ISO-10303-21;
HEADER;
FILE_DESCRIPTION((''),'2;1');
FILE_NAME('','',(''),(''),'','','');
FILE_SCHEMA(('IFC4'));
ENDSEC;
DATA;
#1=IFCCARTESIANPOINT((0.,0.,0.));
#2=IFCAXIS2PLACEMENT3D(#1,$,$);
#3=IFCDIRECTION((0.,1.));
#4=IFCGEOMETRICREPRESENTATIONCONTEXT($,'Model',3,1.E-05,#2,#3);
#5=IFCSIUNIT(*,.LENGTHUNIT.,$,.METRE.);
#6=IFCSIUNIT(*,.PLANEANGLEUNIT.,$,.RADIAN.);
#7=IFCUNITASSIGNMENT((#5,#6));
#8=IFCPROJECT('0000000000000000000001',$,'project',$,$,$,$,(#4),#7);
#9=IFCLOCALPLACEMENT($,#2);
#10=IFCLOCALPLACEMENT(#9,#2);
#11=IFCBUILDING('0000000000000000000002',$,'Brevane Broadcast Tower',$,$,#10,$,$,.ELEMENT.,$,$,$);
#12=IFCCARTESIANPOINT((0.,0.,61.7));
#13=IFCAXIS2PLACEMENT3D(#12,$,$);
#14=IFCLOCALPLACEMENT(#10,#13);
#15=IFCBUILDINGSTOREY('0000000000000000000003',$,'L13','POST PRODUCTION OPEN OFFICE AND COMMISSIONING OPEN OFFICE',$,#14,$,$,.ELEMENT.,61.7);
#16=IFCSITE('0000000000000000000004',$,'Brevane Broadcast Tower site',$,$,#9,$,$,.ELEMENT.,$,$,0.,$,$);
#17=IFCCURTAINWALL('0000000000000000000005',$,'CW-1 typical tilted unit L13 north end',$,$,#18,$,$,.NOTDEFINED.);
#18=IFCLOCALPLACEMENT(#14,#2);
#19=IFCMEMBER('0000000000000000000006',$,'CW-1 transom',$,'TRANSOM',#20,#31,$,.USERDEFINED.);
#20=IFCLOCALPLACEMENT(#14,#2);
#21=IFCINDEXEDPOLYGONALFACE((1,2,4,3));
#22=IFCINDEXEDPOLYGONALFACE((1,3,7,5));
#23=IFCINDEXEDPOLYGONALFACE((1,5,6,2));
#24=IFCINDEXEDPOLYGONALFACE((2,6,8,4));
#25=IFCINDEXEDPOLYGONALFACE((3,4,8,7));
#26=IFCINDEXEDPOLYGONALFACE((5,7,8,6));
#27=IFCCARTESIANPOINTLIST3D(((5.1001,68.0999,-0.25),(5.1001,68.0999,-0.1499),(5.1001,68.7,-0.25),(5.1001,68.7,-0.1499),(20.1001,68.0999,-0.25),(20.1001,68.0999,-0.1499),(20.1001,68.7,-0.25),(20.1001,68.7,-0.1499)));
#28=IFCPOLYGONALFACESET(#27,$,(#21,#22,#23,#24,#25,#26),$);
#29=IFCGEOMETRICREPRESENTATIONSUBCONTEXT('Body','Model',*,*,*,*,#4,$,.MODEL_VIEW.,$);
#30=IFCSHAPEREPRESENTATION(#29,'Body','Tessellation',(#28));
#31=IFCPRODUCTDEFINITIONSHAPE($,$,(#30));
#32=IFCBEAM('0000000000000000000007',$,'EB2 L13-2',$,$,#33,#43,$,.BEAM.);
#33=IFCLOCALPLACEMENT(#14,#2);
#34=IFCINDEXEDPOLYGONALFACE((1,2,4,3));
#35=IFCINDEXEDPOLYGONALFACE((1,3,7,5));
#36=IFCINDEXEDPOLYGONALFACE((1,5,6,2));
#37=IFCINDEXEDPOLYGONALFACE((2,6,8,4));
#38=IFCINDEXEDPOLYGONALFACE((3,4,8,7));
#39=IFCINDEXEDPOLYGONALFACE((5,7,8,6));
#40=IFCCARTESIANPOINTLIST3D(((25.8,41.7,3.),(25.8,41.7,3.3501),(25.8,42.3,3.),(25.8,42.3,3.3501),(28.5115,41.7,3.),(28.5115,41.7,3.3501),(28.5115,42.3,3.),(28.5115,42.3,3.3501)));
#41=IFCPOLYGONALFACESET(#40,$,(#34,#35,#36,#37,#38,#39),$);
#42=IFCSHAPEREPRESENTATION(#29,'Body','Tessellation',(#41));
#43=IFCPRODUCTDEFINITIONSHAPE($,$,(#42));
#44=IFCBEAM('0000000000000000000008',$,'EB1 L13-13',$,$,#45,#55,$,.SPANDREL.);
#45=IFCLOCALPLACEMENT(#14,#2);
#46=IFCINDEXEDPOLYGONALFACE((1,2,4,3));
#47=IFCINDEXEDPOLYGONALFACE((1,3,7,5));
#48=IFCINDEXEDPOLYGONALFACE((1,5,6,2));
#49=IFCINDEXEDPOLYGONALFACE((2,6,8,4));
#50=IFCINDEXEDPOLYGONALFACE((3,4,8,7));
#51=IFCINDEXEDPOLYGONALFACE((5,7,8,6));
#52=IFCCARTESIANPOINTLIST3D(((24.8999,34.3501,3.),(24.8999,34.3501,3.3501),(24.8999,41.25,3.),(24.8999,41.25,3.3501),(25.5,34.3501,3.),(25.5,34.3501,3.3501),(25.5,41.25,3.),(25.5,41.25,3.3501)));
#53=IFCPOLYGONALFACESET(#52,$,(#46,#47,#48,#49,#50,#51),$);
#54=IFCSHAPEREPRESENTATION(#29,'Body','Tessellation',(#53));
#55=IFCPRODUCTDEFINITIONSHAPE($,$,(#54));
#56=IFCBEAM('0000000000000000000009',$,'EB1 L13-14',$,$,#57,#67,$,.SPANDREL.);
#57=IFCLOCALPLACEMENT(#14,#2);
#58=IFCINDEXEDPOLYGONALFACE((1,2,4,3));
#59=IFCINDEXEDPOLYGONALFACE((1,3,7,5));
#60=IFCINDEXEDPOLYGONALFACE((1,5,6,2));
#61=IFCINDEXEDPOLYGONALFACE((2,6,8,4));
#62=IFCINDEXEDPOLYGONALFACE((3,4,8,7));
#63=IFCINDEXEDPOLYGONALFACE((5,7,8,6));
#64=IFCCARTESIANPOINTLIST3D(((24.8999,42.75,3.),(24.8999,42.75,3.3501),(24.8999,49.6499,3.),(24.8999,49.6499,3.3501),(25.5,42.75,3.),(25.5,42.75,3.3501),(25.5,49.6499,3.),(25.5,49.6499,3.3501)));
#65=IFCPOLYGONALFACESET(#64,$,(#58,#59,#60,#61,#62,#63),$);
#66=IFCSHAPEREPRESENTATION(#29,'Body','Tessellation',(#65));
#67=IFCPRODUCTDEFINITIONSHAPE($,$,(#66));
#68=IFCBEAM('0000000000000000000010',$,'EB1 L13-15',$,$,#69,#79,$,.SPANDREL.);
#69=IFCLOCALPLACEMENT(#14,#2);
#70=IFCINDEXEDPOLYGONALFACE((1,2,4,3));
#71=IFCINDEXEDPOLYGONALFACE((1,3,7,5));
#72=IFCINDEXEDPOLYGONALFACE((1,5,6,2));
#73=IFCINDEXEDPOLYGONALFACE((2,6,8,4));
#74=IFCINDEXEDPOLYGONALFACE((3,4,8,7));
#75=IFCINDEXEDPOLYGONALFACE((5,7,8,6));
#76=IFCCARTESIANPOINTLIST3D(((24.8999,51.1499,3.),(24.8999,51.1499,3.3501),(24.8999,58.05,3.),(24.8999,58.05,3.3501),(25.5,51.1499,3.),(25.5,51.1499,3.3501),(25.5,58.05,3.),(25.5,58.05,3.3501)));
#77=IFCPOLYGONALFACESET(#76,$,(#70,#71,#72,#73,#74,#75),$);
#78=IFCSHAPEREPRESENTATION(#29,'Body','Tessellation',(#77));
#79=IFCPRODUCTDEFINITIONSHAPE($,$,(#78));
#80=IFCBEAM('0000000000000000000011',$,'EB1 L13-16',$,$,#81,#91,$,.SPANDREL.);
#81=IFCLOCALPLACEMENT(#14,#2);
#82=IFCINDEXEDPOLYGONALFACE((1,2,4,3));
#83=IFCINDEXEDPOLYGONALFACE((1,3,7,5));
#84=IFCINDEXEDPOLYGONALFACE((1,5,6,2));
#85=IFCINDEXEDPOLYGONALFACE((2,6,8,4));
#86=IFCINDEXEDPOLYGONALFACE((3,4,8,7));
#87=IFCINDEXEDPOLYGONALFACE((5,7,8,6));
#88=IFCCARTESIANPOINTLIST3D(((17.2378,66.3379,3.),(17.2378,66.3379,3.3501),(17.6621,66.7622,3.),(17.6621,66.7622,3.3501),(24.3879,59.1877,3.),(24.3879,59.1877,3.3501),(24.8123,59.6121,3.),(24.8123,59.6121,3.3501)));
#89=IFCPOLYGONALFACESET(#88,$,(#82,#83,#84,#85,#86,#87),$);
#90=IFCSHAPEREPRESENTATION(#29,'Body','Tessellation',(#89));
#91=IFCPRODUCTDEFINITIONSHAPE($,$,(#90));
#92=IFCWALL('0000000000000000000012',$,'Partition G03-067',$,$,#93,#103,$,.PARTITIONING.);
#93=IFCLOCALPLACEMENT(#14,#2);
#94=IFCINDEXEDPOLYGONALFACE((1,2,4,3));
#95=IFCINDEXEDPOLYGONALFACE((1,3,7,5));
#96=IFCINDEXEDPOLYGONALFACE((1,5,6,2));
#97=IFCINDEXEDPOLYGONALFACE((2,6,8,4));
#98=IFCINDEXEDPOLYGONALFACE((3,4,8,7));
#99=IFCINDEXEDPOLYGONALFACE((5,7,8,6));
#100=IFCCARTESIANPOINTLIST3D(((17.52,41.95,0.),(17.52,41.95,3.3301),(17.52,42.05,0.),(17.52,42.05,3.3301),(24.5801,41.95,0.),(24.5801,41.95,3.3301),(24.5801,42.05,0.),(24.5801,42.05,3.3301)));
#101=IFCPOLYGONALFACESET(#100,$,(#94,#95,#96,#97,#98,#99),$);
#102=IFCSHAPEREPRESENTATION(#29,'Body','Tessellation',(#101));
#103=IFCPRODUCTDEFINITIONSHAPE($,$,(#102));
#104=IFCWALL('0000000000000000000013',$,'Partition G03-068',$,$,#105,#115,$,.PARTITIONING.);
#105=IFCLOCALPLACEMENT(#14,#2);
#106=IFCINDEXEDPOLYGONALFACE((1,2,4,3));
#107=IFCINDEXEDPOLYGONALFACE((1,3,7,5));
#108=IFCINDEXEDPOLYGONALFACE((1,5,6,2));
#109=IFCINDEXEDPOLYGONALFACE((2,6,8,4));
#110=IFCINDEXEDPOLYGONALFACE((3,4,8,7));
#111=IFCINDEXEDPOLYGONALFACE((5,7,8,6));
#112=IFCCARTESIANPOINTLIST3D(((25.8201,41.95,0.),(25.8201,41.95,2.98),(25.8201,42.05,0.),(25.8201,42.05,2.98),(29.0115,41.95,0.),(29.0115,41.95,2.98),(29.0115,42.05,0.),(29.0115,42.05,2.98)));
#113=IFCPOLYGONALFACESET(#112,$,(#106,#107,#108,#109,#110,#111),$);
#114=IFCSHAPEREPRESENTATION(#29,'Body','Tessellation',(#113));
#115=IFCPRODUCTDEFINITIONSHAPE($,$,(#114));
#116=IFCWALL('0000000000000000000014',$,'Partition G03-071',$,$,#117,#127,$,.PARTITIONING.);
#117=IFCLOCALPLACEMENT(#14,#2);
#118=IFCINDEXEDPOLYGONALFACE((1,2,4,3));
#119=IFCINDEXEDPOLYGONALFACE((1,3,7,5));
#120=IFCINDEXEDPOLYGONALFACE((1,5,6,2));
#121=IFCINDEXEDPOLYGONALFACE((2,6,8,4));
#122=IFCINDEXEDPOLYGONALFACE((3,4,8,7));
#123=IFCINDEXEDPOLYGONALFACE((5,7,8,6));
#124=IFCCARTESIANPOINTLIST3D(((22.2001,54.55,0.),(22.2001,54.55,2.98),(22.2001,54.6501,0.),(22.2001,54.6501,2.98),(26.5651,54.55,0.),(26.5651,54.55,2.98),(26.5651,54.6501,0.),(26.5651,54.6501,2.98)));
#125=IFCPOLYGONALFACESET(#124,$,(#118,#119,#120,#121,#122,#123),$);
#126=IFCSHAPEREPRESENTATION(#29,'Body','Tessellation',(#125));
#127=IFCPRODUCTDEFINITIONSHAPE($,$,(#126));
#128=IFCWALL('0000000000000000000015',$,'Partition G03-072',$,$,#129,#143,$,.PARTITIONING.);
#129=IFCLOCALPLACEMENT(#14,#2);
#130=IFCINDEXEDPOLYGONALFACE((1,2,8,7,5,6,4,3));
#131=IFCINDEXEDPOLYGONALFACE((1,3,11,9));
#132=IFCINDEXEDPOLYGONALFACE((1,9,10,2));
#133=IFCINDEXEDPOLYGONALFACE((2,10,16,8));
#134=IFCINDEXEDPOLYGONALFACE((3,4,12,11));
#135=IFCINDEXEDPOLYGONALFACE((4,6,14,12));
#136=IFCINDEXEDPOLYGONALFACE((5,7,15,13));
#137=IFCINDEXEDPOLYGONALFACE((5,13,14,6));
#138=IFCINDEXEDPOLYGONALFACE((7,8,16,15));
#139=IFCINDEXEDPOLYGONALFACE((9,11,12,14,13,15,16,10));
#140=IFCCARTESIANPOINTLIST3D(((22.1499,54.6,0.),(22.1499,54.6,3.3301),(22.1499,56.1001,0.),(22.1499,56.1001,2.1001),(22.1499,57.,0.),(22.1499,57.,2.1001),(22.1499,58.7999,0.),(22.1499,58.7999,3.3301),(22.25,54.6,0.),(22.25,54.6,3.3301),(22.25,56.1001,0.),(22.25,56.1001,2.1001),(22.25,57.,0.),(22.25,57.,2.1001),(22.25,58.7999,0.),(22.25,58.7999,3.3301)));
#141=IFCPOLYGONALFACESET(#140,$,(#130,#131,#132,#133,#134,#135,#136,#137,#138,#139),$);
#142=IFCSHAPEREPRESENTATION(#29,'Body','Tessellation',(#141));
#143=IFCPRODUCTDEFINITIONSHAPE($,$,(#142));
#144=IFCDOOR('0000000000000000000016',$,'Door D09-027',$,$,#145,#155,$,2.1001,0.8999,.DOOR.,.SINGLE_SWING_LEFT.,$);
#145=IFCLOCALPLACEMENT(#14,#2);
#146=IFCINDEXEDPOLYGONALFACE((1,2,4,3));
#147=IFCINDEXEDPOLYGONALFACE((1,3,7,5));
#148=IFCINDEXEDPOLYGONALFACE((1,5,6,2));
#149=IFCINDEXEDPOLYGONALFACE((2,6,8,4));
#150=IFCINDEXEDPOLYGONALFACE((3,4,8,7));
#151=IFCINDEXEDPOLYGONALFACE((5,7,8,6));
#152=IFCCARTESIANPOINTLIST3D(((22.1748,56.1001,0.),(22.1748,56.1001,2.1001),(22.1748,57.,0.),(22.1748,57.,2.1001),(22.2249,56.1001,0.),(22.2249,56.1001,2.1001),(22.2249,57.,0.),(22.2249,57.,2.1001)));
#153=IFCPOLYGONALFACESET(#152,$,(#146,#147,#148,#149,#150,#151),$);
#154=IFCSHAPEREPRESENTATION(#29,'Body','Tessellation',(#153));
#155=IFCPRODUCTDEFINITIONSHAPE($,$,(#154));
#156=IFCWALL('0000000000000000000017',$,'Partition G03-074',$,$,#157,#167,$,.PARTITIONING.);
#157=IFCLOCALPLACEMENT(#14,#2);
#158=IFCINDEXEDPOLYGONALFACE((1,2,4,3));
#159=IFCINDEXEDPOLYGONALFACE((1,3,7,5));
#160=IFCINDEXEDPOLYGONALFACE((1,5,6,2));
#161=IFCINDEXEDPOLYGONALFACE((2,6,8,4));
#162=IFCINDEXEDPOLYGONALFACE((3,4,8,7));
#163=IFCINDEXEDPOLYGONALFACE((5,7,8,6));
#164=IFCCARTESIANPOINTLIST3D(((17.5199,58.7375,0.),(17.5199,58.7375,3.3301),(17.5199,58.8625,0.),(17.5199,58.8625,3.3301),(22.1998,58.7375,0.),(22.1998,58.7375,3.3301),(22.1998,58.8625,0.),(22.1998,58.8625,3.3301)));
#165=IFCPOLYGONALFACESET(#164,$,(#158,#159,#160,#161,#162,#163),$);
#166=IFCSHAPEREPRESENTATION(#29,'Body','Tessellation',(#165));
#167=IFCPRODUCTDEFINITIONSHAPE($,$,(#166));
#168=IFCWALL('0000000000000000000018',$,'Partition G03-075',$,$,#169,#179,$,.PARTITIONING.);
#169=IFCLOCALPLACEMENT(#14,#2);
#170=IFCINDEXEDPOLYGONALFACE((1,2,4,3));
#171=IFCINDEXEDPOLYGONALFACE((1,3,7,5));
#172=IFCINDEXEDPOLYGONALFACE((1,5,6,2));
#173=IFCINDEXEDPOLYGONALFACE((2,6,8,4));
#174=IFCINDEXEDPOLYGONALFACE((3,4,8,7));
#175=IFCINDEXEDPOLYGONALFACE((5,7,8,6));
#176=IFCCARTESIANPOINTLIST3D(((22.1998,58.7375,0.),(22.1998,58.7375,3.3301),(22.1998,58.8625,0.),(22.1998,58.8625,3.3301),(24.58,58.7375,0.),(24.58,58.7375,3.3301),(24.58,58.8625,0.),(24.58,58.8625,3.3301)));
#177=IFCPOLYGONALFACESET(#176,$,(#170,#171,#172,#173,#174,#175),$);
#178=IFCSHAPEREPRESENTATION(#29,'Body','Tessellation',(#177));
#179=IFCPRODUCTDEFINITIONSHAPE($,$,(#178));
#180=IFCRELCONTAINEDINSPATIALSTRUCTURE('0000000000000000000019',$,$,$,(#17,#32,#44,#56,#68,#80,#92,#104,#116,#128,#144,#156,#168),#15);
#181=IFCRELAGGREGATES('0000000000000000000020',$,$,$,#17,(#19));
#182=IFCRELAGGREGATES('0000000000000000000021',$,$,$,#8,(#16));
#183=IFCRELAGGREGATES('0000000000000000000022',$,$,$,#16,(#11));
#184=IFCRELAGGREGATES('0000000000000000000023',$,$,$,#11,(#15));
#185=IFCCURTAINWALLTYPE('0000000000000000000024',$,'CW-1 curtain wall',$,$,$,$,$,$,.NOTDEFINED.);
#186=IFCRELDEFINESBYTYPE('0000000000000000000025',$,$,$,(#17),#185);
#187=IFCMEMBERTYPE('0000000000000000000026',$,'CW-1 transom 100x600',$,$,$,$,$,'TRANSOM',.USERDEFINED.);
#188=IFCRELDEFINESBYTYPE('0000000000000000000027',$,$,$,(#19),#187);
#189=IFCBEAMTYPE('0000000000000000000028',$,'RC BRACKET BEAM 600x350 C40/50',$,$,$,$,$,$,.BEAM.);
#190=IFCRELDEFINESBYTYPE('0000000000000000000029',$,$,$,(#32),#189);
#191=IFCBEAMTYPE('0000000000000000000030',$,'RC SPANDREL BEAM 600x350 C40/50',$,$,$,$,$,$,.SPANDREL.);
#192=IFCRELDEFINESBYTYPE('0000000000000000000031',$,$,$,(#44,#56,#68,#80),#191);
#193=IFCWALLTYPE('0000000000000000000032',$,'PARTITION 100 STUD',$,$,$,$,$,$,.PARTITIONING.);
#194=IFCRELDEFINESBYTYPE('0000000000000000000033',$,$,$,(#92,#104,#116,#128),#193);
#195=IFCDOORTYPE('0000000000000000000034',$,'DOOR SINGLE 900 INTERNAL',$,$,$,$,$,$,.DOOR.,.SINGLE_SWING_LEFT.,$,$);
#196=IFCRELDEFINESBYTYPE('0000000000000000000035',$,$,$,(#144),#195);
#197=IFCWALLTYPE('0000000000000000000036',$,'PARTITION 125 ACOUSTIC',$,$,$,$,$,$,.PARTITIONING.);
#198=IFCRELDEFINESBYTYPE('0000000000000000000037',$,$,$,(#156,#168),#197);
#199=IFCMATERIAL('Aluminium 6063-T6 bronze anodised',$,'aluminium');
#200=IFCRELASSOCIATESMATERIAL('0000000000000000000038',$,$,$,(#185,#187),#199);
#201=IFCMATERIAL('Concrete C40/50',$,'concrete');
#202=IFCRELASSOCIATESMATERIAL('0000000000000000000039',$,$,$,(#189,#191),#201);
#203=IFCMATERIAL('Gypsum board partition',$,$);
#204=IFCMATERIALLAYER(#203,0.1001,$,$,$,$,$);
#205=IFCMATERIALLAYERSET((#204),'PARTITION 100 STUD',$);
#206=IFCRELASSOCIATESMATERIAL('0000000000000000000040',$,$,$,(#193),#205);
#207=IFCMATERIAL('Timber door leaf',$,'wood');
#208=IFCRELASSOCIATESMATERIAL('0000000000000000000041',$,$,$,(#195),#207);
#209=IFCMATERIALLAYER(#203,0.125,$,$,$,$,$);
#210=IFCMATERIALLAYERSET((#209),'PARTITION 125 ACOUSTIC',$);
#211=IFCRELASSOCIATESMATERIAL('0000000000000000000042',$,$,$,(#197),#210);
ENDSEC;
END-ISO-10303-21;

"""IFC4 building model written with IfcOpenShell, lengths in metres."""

from ifc_helpers import new_model, si_unit, direction, frame, frame_2d, origin, origin_2d, place, context, subcontext, project, spatial, rectangle, extrude, material, layer, layer_set, material_profile, profile_set, type_object, element, fill, aggregate, save


model = new_model("IFC4")

# Units and contexts
model_context = context("Model", 3, precision=1e-05, world=origin(), true_north=direction((0.0, 1.0)))
body_context = subcontext(model_context, "Body", "Model", "MODEL_VIEW")
ifc_project = project(units=[si_unit("LENGTHUNIT", "METRE"), si_unit("PLANEANGLEUNIT", "RADIAN")], contexts=[model_context])

# Site, building, storey
site_placement = place(None, origin())
site = spatial("IfcSite", under=ifc_project, at=site_placement, Name="Brevane Broadcast Tower site", CompositionType="ELEMENT", RefElevation=0.0)
building_placement = place(site_placement, origin())
building = spatial("IfcBuilding", under=site, at=building_placement, Name="Brevane Broadcast Tower", CompositionType="ELEMENT")
storey_placement = place(building_placement, frame((0.0, 0.0, 61.7)))
storey = spatial("IfcBuildingStorey", under=building, at=storey_placement, Name="L13", Description="POST PRODUCTION OPEN OFFICE AND COMMISSIONING OPEN OFFICE", CompositionType="ELEMENT", Elevation=61.7)

# Shared definitions
ifc_material_1 = material(Name="Aluminium 6063-T6 bronze anodised", Category="aluminium")
curtain_wall_type = type_object("IfcCurtainWallType", Name="CW-1 curtain wall", PredefinedType="NOTDEFINED", material=ifc_material_1)

# Curtain wall
curtain_wall_1_placement = place(storey_placement, origin())
curtain_wall_1 = element("IfcCurtainWall", 1, at=curtain_wall_1_placement, inside=storey, type_object=curtain_wall_type, Name="CW-1 typical tilted unit L13 north end", PredefinedType="NOTDEFINED")

# Member
ifc_material_profile_1 = material_profile(ifc_material_1, rectangle(XDim=0.6001, YDim=0.1001, at=origin_2d()), Name="RECT 100x600")
ifc_profile_set_1 = profile_set([ifc_material_profile_1], Name="Aluminium 6063-T6 bronze anodised")
member_type_1 = type_object("IfcMemberType", Name="CW-1 transom 100x600", ElementType="TRANSOM", PredefinedType="USERDEFINED", material=ifc_profile_set_1)
member_1_placement = place(storey_placement, frame((20.1001, 68.3999, -0.2), z_axis=(-1.0, 0.0, 0.0), x_axis=(0.0, -1.0, 0.0)))
member_1 = element("IfcMember", 2, at=member_1_placement, type_object=member_type_1, Name="CW-1 transom", ObjectType="TRANSOM", PredefinedType="USERDEFINED", context=body_context, shape_type="SweptSolid", body=[
    extrude(rectangle(XDim=0.6001, YDim=0.1001, at=origin_2d()), origin(), (0.0, 0.0, 1.0), 15.0),
])
aggregate(curtain_wall_1, [member_1])

# Beams
ifc_material_2 = material(Name="Concrete C40/50", Category="concrete")
ifc_material_profile_2 = material_profile(ifc_material_2, rectangle(XDim=0.6001, YDim=0.3501, at=origin_2d()), Name="RC 600x350")
ifc_profile_set_2 = profile_set([ifc_material_profile_2], Name="Concrete C40/50")
beam_type_1 = type_object("IfcBeamType", Name="RC BRACKET BEAM 600x350 C40/50", PredefinedType="BEAM", material=ifc_profile_set_2)
beam_1_placement = place(storey_placement, frame((25.8, 42.0, 3.175), z_axis=(1.0, 0.0, 0.0), x_axis=(0.0, 1.0, 0.0)))
element("IfcBeam", 3, at=beam_1_placement, inside=storey, type_object=beam_type_1, Name="EB2 L13-2", PredefinedType="BEAM", context=body_context, shape_type="SweptSolid", body=[
    extrude(rectangle(XDim=0.6001, YDim=0.3501, at=origin_2d()), origin(), (0.0, 0.0, 1.0), 2.7114),
])
ifc_material_profile_3 = material_profile(ifc_material_2, rectangle(XDim=0.6001, YDim=0.3501, at=origin_2d()), Name="RC 600x350")
ifc_profile_set_3 = profile_set([ifc_material_profile_3], Name="Concrete C40/50")
beam_type_2 = type_object("IfcBeamType", Name="RC SPANDREL BEAM 600x350 C40/50", PredefinedType="SPANDREL", material=ifc_profile_set_3)
for number, where, z_axis, x_axis, name in (
    (4, (25.2, 34.3501, 3.175), (0.0, 1.0, 0.0), (-1.0, 0.0, 0.0), "EB1 L13-13"),
    (5, (25.2, 42.75, 3.175), (0.0, 1.0, 0.0), (-1.0, 0.0, 0.0), "EB1 L13-14"),
):
    element("IfcBeam", number, at=place(storey_placement, frame(where, z_axis=z_axis, x_axis=x_axis)), inside=storey, type_object=beam_type_2, Name=name, PredefinedType="SPANDREL", context=body_context, shape_type="SweptSolid", body=[
        extrude(rectangle(XDim=0.6001, YDim=0.3501, at=origin_2d()), origin(), (0.0, 0.0, 1.0), 6.8999),
    ])
beam_2_placement = place(storey_placement, frame((25.2, 51.1499, 3.175), z_axis=(0.0, 1.0, 0.0), x_axis=(-1.0, 0.0, 0.0)))
element("IfcBeam", 6, at=beam_2_placement, inside=storey, type_object=beam_type_2, Name="EB1 L13-15", PredefinedType="SPANDREL", context=body_context, shape_type="SweptSolid", body=[
    extrude(rectangle(XDim=0.6001, YDim=0.3501, at=origin_2d()), origin(), (0.0, 0.0, 1.0), 6.9001),
])
beam_3_placement = place(storey_placement, frame((24.6001, 59.3999, 3.175), z_axis=(-0.707107, 0.707107, 0.0), x_axis=(-0.707107, -0.707107, 0.0)))
element("IfcBeam", 7, at=beam_3_placement, inside=storey, type_object=beam_type_2, Name="EB1 L13-16", PredefinedType="SPANDREL", context=body_context, shape_type="SweptSolid", body=[
    extrude(rectangle(XDim=0.6001, YDim=0.3501, at=origin_2d()), origin(), (0.0, 0.0, 1.0), 10.1118),
])

# Walls
ifc_material_3 = material(Name="Gypsum board partition")
ifc_layer_1 = layer(ifc_material_3, 0.1001)
ifc_layer_set_1 = layer_set([ifc_layer_1], Name="PARTITION 100 STUD")
wall_type_1 = type_object("IfcWallType", Name="PARTITION 100 STUD", PredefinedType="PARTITIONING", material=ifc_layer_set_1)
wall_1_placement = place(storey_placement, frame((17.52, 42.0, 0.0), z_axis=(0.0, 0.0, 1.0), x_axis=(1.0, 0.0, 0.0)))
element("IfcWall", 8, at=wall_1_placement, inside=storey, type_object=wall_type_1, Name="Partition G03-067", PredefinedType="PARTITIONING", context=body_context, shape_type="SweptSolid", body=[
    extrude(rectangle(XDim=7.0601, YDim=0.1001, at=frame_2d((3.53, 0.0))), origin(), (0.0, 0.0, 1.0), 3.3301),
])
wall_2_placement = place(storey_placement, frame((25.8201, 42.0, 0.0), z_axis=(0.0, 0.0, 1.0), x_axis=(1.0, 0.0, 0.0)))
element("IfcWall", 9, at=wall_2_placement, inside=storey, type_object=wall_type_1, Name="Partition G03-068", PredefinedType="PARTITIONING", context=body_context, shape_type="SweptSolid", body=[
    extrude(rectangle(XDim=3.1914, YDim=0.1001, at=frame_2d((1.5957, 0.0))), origin(), (0.0, 0.0, 1.0), 2.98),
])
wall_3_placement = place(storey_placement, frame((22.2, 54.6001, 0.0), z_axis=(0.0, 0.0, 1.0), x_axis=(1.0, 0.0, 0.0)))
element("IfcWall", 10, at=wall_3_placement, inside=storey, type_object=wall_type_1, Name="Partition G03-071", PredefinedType="PARTITIONING", context=body_context, shape_type="SweptSolid", body=[
    extrude(rectangle(XDim=4.365, YDim=0.1001, at=frame_2d((2.1826, 0.0))), origin(), (0.0, 0.0, 1.0), 2.98),
])

# Wall, opening, door
wall_4_placement = place(storey_placement, frame((22.2, 58.8, 0.0), z_axis=(0.0, 0.0, 1.0), x_axis=(0.0, -1.0, 0.0)))
wall_4 = element("IfcWall", 11, at=wall_4_placement, inside=storey, type_object=wall_type_1, Name="Partition G03-072", PredefinedType="PARTITIONING", context=body_context, shape_type="SweptSolid", body=[
    extrude(rectangle(XDim=4.2, YDim=0.1001, at=frame_2d((2.1001, 0.0))), origin(), (0.0, 0.0, 1.0), 3.3301),
])
opening_placement = place(wall_4_placement, frame((1.8, 0.0, 0.0)))
opening = element("IfcOpeningElement", 12, at=opening_placement, cuts=wall_4, PredefinedType="OPENING", context=body_context, shape_type="SweptSolid", body=[
    extrude(rectangle(XDim=0.8999, YDim=2.1001, at=frame_2d((0.45, 1.05))), frame((0.0, 0.0601, 0.0), z_axis=(0.0, -1.0, 0.0), x_axis=(1.0, 0.0, 0.0)), (0.0, 0.0, 1.0), 0.1201),
])
ifc_material_4 = material(Name="Timber door leaf", Category="wood")
door_type = type_object("IfcDoorType", Name="DOOR SINGLE 900 INTERNAL", OperationType="SINGLE_SWING_LEFT", PredefinedType="DOOR", material=ifc_material_4)
door_placement = place(opening_placement, origin())
door = element("IfcDoor", 13, at=door_placement, inside=storey, type_object=door_type, Name="Door D09-027", OperationType="SINGLE_SWING_LEFT", OverallHeight=2.1001, OverallWidth=0.8999, PredefinedType="DOOR", context=body_context, shape_type="SweptSolid", body=[
    extrude(rectangle(XDim=0.8999, YDim=2.1001, at=frame_2d((0.45, 1.05))), frame((0.0, 0.0249, 0.0), z_axis=(0.0, -1.0, 0.0), x_axis=(1.0, 0.0, 0.0)), (0.0, 0.0, 1.0), 0.05),
])
fill(opening, door)

# Walls
ifc_layer_2 = layer(ifc_material_3, 0.125)
ifc_layer_set_2 = layer_set([ifc_layer_2], Name="PARTITION 125 ACOUSTIC")
wall_type_2 = type_object("IfcWallType", Name="PARTITION 125 ACOUSTIC", PredefinedType="PARTITIONING", material=ifc_layer_set_2)
wall_5_placement = place(storey_placement, frame((17.52, 58.8, 0.0), z_axis=(0.0, 0.0, 1.0), x_axis=(1.0, 0.0, 0.0)))
element("IfcWall", 14, at=wall_5_placement, inside=storey, type_object=wall_type_2, Name="Partition G03-074", PredefinedType="PARTITIONING", context=body_context, shape_type="SweptSolid", body=[
    extrude(rectangle(XDim=4.6799, YDim=0.125, at=frame_2d((2.3398, 0.0))), origin(), (0.0, 0.0, 1.0), 3.3301),
])
wall_6_placement = place(storey_placement, frame((22.2, 58.8, 0.0), z_axis=(0.0, 0.0, 1.0), x_axis=(1.0, 0.0, 0.0)))
element("IfcWall", 15, at=wall_6_placement, inside=storey, type_object=wall_type_2, Name="Partition G03-075", PredefinedType="PARTITIONING", context=body_context, shape_type="SweptSolid", body=[
    extrude(rectangle(XDim=2.3801, YDim=0.125, at=frame_2d((1.1899, 0.0))), origin(), (0.0, 0.0, 1.0), 3.3301),
])

save(model, "model.ifc")
